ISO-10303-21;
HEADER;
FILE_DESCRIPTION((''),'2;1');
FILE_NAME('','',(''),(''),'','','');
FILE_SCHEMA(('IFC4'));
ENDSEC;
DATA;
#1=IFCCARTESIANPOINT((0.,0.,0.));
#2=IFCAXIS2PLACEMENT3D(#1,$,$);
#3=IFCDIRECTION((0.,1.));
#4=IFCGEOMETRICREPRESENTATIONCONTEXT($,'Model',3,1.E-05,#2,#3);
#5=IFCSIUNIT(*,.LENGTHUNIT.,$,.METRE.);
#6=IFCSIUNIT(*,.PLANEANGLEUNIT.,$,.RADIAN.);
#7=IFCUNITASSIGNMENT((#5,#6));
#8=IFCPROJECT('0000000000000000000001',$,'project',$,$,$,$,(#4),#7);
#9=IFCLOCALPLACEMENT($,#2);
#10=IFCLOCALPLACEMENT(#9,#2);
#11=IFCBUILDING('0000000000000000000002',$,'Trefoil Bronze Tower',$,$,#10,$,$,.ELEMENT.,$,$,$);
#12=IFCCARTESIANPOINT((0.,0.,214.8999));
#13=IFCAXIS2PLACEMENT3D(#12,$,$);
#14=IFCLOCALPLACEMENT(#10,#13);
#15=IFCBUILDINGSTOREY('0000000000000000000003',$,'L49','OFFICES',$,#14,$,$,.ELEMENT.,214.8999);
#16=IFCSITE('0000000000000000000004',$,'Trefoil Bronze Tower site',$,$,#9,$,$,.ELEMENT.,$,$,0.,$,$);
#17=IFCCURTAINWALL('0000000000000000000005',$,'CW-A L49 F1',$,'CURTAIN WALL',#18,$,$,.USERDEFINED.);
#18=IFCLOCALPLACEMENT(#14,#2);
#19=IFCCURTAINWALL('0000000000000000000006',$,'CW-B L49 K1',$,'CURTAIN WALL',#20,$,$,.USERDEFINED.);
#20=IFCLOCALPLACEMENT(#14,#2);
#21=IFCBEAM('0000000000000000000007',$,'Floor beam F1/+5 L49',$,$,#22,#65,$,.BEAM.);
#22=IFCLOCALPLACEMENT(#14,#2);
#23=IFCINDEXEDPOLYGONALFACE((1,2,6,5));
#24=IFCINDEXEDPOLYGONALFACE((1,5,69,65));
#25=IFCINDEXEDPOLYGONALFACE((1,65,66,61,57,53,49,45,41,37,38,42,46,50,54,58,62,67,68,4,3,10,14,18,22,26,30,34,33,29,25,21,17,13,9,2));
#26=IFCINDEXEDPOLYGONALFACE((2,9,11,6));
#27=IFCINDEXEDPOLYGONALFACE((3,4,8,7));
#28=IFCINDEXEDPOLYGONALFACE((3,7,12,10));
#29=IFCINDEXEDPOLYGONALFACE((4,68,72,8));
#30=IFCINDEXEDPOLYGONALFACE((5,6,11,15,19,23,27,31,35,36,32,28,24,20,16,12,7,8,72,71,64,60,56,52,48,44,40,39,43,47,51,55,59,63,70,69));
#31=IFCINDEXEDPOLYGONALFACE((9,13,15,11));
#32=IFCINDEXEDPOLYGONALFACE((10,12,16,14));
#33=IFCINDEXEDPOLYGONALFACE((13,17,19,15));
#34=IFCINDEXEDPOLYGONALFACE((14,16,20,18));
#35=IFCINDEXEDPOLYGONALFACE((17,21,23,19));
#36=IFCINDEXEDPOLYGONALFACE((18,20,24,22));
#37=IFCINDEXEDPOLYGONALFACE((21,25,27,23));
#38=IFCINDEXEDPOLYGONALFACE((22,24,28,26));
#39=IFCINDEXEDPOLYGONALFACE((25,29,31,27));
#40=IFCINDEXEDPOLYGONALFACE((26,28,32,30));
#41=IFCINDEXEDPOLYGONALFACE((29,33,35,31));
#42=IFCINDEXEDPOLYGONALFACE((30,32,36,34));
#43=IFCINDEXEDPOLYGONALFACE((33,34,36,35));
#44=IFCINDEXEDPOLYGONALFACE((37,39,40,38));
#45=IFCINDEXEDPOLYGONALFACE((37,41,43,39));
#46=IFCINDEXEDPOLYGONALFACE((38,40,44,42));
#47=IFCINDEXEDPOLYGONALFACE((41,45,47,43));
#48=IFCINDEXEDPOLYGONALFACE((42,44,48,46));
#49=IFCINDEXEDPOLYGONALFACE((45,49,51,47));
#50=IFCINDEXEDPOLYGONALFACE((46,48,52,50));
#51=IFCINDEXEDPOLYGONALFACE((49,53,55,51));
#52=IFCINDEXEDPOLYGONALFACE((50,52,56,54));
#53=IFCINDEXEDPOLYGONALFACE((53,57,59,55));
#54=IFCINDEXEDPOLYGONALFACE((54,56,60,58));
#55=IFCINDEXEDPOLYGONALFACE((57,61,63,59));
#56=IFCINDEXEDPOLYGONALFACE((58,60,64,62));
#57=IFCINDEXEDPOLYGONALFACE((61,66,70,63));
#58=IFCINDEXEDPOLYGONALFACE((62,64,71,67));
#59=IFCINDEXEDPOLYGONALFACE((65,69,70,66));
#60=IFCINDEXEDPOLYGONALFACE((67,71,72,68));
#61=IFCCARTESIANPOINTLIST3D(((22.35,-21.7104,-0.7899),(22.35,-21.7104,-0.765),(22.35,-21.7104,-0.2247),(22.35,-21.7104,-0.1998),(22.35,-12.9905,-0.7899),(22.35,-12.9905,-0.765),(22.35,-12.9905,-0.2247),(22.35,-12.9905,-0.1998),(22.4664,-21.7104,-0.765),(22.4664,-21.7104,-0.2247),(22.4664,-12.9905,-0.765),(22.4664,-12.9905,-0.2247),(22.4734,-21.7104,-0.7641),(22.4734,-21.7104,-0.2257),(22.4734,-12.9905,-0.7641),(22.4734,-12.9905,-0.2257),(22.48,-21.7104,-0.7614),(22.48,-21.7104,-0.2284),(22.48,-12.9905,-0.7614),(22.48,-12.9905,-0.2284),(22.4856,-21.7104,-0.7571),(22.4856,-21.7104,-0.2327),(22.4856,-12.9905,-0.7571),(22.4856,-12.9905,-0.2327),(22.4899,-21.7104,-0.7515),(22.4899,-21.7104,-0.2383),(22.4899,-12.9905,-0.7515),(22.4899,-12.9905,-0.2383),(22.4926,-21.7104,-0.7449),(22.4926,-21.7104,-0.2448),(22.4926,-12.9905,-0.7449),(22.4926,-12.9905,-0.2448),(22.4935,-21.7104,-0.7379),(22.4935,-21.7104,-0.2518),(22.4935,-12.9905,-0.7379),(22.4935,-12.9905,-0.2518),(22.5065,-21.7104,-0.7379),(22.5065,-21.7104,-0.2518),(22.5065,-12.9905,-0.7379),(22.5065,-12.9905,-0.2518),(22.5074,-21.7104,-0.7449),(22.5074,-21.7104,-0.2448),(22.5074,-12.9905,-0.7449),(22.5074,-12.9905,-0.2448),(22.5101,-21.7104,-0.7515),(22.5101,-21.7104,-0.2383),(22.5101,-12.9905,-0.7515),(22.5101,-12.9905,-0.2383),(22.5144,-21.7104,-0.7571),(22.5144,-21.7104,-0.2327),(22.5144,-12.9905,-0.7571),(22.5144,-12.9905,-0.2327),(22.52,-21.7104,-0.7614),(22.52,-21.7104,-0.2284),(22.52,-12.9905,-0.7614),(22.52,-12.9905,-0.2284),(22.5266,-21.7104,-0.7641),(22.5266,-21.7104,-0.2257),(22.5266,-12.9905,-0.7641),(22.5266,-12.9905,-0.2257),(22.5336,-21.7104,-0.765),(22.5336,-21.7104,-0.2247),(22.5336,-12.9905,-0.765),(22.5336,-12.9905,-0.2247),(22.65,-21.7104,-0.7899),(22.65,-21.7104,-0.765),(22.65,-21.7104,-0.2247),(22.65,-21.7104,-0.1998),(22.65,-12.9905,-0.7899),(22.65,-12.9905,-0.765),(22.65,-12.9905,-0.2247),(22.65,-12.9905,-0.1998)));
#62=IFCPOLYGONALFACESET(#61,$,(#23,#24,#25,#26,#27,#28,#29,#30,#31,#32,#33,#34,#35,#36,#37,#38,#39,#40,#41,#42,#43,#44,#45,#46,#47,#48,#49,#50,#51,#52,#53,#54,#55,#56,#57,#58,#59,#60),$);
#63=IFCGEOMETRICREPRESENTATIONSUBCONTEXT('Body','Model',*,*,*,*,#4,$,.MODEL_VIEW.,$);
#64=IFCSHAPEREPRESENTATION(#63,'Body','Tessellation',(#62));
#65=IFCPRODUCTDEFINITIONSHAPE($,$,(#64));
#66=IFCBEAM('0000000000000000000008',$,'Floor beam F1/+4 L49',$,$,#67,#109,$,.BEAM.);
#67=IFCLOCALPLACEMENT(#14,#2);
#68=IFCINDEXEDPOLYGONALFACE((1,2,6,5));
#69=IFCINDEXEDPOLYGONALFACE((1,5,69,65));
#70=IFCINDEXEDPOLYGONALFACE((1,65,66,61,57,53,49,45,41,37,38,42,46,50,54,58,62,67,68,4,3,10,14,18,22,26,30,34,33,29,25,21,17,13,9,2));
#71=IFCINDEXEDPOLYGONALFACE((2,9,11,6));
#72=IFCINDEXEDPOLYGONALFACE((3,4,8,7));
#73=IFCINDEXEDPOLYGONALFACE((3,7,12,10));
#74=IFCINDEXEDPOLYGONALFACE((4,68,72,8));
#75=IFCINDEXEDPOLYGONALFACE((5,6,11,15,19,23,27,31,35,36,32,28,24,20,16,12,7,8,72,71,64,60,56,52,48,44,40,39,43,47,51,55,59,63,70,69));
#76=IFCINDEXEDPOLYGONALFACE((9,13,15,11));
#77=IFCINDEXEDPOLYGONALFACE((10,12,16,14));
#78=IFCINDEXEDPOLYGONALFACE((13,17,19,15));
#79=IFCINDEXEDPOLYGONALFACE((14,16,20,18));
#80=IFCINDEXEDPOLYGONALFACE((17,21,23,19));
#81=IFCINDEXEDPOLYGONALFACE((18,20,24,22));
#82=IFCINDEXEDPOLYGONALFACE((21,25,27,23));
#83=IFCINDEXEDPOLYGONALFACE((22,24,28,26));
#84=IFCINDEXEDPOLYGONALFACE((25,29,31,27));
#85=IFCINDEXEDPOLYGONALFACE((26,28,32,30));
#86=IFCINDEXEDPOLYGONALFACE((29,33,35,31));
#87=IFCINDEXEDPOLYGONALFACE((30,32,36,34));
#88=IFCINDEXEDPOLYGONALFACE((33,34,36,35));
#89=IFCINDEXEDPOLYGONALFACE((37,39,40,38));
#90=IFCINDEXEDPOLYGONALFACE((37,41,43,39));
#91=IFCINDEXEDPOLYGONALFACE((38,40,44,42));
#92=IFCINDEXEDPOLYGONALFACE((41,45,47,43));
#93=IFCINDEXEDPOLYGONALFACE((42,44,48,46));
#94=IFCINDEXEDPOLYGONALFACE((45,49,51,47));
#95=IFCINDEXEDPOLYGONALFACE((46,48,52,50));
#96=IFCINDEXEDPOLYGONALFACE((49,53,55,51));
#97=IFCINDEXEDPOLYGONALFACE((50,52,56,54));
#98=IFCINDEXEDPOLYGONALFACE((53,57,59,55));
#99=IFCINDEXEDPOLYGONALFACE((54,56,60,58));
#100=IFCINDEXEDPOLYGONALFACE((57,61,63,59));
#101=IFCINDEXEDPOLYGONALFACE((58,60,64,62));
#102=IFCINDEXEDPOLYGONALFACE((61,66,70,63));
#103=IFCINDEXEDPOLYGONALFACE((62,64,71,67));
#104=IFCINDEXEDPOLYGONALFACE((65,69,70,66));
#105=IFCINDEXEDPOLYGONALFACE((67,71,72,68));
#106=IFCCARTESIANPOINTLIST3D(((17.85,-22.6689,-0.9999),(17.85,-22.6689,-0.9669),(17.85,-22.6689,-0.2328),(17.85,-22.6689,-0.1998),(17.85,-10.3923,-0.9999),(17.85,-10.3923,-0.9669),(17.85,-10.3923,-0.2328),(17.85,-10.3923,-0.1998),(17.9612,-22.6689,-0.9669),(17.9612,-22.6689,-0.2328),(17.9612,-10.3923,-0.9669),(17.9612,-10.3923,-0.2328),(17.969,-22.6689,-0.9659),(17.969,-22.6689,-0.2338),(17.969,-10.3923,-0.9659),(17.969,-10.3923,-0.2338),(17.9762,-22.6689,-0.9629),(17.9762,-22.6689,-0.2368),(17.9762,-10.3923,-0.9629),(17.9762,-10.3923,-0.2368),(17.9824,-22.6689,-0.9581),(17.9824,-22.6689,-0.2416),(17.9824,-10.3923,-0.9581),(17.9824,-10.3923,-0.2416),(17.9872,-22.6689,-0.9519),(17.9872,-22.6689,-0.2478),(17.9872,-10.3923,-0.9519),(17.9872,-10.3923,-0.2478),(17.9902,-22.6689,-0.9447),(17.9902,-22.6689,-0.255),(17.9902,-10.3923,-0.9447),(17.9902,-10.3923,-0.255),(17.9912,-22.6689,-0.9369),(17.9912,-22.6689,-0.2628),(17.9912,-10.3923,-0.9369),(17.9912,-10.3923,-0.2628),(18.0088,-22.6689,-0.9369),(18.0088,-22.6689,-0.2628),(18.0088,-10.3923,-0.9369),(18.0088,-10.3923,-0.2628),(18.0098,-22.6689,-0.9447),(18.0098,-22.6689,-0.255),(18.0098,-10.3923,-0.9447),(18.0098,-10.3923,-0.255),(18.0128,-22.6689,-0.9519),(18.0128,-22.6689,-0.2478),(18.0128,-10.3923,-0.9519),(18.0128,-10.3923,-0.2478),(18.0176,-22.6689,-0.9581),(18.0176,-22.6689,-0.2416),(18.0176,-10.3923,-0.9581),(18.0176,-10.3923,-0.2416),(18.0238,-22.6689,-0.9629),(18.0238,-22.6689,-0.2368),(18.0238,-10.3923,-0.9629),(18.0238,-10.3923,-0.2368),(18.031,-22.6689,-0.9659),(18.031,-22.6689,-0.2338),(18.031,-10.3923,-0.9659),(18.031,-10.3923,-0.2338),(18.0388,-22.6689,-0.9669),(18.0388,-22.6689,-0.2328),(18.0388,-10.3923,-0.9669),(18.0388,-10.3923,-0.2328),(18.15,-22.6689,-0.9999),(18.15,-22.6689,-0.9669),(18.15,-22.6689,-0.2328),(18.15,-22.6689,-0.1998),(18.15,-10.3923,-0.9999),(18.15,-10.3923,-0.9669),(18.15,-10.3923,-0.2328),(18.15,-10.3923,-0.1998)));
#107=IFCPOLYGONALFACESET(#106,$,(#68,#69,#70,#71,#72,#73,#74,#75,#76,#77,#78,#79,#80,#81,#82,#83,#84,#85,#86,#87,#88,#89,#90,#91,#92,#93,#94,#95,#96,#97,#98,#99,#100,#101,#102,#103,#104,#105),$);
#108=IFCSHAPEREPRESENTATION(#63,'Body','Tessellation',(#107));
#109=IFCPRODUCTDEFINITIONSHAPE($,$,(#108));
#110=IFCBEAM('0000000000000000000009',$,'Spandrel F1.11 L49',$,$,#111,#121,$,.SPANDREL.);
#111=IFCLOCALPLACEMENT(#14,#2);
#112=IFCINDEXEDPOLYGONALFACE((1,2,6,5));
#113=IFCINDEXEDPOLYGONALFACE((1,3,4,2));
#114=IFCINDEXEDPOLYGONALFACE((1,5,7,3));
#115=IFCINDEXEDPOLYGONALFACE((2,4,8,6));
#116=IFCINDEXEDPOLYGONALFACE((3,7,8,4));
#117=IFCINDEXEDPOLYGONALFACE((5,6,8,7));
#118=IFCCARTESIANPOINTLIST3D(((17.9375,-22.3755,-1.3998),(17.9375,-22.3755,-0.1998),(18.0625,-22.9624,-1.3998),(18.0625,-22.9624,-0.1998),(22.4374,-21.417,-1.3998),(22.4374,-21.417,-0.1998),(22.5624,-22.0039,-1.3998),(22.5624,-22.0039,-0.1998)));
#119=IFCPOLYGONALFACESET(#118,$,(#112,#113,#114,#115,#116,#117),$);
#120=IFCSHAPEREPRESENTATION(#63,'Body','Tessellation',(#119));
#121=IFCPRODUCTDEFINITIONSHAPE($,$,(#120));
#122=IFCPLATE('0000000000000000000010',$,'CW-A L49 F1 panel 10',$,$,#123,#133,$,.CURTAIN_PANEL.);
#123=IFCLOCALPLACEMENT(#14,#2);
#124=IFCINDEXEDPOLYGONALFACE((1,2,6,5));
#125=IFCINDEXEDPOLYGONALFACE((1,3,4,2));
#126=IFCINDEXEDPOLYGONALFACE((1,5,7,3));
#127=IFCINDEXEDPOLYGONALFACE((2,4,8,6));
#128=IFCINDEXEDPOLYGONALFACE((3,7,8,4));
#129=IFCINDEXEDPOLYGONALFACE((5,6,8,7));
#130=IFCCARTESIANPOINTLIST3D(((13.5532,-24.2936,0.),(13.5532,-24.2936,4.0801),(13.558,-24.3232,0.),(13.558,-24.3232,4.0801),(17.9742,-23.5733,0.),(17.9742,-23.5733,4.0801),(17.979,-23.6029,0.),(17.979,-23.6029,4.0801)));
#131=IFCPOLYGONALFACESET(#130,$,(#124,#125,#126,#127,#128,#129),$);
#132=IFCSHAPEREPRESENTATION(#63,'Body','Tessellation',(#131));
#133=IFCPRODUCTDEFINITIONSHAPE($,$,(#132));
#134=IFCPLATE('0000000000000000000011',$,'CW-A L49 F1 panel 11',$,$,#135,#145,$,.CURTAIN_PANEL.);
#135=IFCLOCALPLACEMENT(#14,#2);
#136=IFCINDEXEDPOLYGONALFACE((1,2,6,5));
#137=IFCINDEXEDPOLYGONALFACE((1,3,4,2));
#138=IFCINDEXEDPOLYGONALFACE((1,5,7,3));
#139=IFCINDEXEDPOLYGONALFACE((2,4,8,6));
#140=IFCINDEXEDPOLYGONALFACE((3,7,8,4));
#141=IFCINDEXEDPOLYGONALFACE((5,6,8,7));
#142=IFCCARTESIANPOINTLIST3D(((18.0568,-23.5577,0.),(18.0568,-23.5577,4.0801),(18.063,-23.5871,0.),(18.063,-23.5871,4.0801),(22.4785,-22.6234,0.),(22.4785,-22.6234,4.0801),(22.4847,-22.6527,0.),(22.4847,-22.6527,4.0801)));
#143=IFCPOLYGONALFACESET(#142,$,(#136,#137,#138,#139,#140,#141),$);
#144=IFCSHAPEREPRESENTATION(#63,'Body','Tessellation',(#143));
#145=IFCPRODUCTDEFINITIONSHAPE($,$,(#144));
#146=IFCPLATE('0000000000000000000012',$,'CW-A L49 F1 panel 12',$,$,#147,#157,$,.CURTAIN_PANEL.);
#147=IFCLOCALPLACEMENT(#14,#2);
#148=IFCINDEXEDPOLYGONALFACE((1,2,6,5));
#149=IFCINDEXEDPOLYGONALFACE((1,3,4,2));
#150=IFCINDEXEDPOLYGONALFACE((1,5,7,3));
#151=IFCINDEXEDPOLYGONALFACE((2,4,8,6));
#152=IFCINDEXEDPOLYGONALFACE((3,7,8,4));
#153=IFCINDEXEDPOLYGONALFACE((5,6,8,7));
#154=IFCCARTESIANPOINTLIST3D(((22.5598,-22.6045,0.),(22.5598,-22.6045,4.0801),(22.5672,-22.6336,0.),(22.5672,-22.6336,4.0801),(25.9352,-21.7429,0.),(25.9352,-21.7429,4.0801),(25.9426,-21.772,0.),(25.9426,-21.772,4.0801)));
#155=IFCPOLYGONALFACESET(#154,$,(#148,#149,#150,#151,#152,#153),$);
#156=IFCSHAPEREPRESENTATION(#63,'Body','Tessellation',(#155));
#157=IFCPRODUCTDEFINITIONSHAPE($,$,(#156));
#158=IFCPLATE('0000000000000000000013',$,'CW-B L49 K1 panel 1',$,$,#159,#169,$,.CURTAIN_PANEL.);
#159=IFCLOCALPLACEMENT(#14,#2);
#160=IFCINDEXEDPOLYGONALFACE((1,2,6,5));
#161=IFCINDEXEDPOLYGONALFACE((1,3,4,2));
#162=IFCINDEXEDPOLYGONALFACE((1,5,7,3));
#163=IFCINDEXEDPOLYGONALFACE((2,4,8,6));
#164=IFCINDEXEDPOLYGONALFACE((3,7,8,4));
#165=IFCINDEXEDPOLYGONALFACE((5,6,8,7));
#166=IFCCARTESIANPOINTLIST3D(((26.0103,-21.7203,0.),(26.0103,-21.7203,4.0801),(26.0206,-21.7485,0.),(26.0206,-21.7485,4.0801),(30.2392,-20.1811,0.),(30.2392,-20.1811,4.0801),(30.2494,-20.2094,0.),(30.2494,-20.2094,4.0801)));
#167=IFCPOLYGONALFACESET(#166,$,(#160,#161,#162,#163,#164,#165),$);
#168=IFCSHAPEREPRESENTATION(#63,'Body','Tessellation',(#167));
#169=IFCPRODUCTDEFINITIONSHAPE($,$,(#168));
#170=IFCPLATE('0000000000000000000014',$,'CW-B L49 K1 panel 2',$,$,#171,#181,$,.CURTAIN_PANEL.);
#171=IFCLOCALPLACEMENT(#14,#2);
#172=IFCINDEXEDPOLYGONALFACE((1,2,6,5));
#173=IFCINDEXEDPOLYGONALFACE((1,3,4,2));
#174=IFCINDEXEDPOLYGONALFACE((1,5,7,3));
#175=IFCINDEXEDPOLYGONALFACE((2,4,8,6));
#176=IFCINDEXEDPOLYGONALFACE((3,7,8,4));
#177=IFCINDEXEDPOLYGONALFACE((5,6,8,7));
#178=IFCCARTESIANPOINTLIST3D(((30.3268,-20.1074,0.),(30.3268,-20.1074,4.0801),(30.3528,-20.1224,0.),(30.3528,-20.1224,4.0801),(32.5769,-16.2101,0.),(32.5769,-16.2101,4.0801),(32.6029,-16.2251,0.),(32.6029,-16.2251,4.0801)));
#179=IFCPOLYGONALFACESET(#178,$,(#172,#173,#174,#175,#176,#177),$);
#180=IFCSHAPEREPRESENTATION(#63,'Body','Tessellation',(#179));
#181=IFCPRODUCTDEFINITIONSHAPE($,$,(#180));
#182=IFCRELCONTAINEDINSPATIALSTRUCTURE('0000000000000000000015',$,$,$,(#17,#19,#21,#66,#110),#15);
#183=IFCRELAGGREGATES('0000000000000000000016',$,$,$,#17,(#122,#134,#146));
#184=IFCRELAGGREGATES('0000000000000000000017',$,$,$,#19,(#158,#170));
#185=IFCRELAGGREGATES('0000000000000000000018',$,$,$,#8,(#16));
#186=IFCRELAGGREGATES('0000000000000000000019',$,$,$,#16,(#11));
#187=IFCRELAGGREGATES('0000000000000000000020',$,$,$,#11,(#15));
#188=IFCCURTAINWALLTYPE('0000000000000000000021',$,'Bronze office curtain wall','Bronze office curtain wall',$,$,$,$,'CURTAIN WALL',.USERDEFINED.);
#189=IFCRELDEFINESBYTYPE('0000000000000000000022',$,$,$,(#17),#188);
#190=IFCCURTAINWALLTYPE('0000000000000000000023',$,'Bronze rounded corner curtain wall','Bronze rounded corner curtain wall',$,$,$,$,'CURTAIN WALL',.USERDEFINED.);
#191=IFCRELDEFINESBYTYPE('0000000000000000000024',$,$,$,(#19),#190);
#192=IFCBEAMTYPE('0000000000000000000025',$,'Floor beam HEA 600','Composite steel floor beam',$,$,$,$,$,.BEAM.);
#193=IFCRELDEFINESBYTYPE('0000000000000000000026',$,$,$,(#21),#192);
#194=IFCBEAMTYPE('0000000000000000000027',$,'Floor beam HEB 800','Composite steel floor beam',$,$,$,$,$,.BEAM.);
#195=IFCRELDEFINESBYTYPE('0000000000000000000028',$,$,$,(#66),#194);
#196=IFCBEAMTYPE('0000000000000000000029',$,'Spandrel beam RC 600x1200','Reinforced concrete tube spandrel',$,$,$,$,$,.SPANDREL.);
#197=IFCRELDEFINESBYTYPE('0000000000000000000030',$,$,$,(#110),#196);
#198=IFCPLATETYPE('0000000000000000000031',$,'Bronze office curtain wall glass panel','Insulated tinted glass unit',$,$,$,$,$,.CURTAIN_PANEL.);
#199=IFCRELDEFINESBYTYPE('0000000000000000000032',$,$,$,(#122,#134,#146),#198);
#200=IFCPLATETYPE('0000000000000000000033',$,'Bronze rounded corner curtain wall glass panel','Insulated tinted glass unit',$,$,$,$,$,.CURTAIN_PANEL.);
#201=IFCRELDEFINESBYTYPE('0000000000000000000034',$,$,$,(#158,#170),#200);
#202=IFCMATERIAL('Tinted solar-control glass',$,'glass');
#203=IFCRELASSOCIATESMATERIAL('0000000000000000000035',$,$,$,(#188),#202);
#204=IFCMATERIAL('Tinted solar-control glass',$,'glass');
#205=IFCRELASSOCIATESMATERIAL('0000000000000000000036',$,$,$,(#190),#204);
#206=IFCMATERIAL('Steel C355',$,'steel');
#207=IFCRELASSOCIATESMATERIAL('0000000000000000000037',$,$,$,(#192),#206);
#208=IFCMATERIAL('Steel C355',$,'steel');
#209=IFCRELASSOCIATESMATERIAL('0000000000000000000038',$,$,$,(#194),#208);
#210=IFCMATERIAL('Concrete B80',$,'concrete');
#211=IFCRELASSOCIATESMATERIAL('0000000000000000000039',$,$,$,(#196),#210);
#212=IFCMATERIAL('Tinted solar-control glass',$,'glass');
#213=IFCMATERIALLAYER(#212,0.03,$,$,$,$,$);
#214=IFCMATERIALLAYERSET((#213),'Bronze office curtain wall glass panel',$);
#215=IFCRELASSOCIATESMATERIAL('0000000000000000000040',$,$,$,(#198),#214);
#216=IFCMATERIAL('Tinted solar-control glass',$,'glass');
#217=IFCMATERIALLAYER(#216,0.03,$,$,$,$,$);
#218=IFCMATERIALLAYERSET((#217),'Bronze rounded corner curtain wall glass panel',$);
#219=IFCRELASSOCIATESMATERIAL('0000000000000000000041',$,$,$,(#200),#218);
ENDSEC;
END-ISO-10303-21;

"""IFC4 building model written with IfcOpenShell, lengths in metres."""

from ifc_helpers import new_model, si_unit, direction, frame, origin, origin_2d, place, context, subcontext, project, spatial, rectangle, i_section, extrude, material, layer, layer_set, material_profile, profile_set, type_object, element, aggregate, save


model = new_model("IFC4")

# Units and contexts
model_context = context("Model", 3, precision=1e-05, world=origin(), true_north=direction((0.0, 1.0)))
body_context = subcontext(model_context, "Body", "Model", "MODEL_VIEW")
ifc_project = project(units=[si_unit("LENGTHUNIT", "METRE"), si_unit("PLANEANGLEUNIT", "RADIAN")], contexts=[model_context])

# Site, building, storey
site_placement = place(None, origin())
site = spatial("IfcSite", under=ifc_project, at=site_placement, Name="Trefoil Bronze Tower site", CompositionType="ELEMENT", RefElevation=0.0)
building_placement = place(site_placement, origin())
building = spatial("IfcBuilding", under=site, at=building_placement, Name="Trefoil Bronze Tower", CompositionType="ELEMENT")
storey_placement = place(building_placement, frame((0.0, 0.0, 214.8999)))
storey = spatial("IfcBuildingStorey", under=building, at=storey_placement, Name="L49", Description="OFFICES", CompositionType="ELEMENT", Elevation=214.8999)

# Curtain walls
ifc_material_1 = material(Name="Tinted solar-control glass", Category="glass")
curtain_wall_type_1 = type_object("IfcCurtainWallType", Name="Bronze office curtain wall", Description="Bronze office curtain wall", ElementType="CURTAIN WALL", PredefinedType="USERDEFINED", material=ifc_material_1)
curtain_wall_1_placement = place(storey_placement, origin())
curtain_wall_1 = element("IfcCurtainWall", 1, at=curtain_wall_1_placement, inside=storey, type_object=curtain_wall_type_1, Name="CW-A L49 F1", ObjectType="CURTAIN WALL", PredefinedType="USERDEFINED")
ifc_material_2 = material(Name="Tinted solar-control glass", Category="glass")
curtain_wall_type_2 = type_object("IfcCurtainWallType", Name="Bronze rounded corner curtain wall", Description="Bronze rounded corner curtain wall", ElementType="CURTAIN WALL", PredefinedType="USERDEFINED", material=ifc_material_2)
curtain_wall_2_placement = place(storey_placement, origin())
curtain_wall_2 = element("IfcCurtainWall", 2, at=curtain_wall_2_placement, inside=storey, type_object=curtain_wall_type_2, Name="CW-B L49 K1", ObjectType="CURTAIN WALL", PredefinedType="USERDEFINED")

# Beams
ifc_material_3 = material(Name="Steel C355", Category="steel")
ifc_material_profile_1 = material_profile(ifc_material_3, i_section(OverallWidth=0.3, OverallDepth=0.5901, WebThickness=0.0129, FlangeThickness=0.0249, FilletRadius=0.0271, at=origin_2d()), Name="HEA 600")
ifc_profile_set_1 = profile_set([ifc_material_profile_1], Name="Steel C355")
beam_type_1 = type_object("IfcBeamType", Name="Floor beam HEA 600", Description="Composite steel floor beam", PredefinedType="BEAM", material=ifc_profile_set_1)
beam_1_placement = place(storey_placement, frame((22.5, -21.7104, -0.4949), z_axis=(0.0, 1.0, 0.0), x_axis=(-1.0, 0.0, 0.0)))
element("IfcBeam", 3, at=beam_1_placement, inside=storey, type_object=beam_type_1, Name="Floor beam F1/+5 L49", PredefinedType="BEAM", context=body_context, shape_type="SweptSolid", body=[
    extrude(i_section(OverallWidth=0.3, OverallDepth=0.5901, WebThickness=0.0129, FlangeThickness=0.0249, FilletRadius=0.0271, at=origin_2d()), origin(), (0.0, 0.0, 1.0), 8.72),
])
ifc_material_4 = material(Name="Steel C355", Category="steel")
ifc_material_profile_2 = material_profile(ifc_material_4, i_section(OverallWidth=0.3, OverallDepth=0.8, WebThickness=0.0176, FlangeThickness=0.033, FilletRadius=0.03, at=origin_2d()), Name="HEB 800")
ifc_profile_set_2 = profile_set([ifc_material_profile_2], Name="Steel C355")
beam_type_2 = type_object("IfcBeamType", Name="Floor beam HEB 800", Description="Composite steel floor beam", PredefinedType="BEAM", material=ifc_profile_set_2)
beam_2_placement = place(storey_placement, frame((18.0, -22.6689, -0.5999), z_axis=(0.0, 1.0, 0.0), x_axis=(-1.0, 0.0, 0.0)))
element("IfcBeam", 4, at=beam_2_placement, inside=storey, type_object=beam_type_2, Name="Floor beam F1/+4 L49", PredefinedType="BEAM", context=body_context, shape_type="SweptSolid", body=[
    extrude(i_section(OverallWidth=0.3, OverallDepth=0.8, WebThickness=0.0176, FlangeThickness=0.033, FilletRadius=0.03, at=origin_2d()), origin(), (0.0, 0.0, 1.0), 12.2766),
])
ifc_material_5 = material(Name="Concrete B80", Category="concrete")
ifc_material_profile_3 = material_profile(ifc_material_5, rectangle(XDim=0.6001, YDim=1.2, at=origin_2d()), Name="RC 600x1200")
ifc_profile_set_3 = profile_set([ifc_material_profile_3], Name="Concrete B80")
beam_type_3 = type_object("IfcBeamType", Name="Spandrel beam RC 600x1200", Description="Reinforced concrete tube spandrel", PredefinedType="SPANDREL", material=ifc_profile_set_3)
beam_3_placement = place(storey_placement, frame((18.0, -22.6689, -0.7998), z_axis=(0.978059, 0.208326, 0.0), x_axis=(-0.208326, 0.978059, 0.0)))
element("IfcBeam", 5, at=beam_3_placement, inside=storey, type_object=beam_type_3, Name="Spandrel F1.11 L49", PredefinedType="SPANDREL", context=body_context, shape_type="SweptSolid", body=[
    extrude(rectangle(XDim=0.6001, YDim=1.2, at=origin_2d()), origin(), (0.0, 0.0, 1.0), 4.6008),
])

# Plates
ifc_material_6 = material(Name="Tinted solar-control glass", Category="glass")
ifc_layer_1 = layer(ifc_material_6, 0.03)
ifc_layer_set_1 = layer_set([ifc_layer_1], Name="Bronze office curtain wall glass panel")
plate_type_1 = type_object("IfcPlateType", Name="Bronze office curtain wall glass panel", Description="Insulated tinted glass unit", PredefinedType="CURTAIN_PANEL", material=ifc_layer_set_1)
plate_1_placement = place(storey_placement, frame((15.7661, -23.9482, 0.0), z_axis=(0.0, 0.0, 1.0), x_axis=(0.986987, 0.160803, 0.0)))
plate_1 = element("IfcPlate", 6, at=plate_1_placement, type_object=plate_type_1, Name="CW-A L49 F1 panel 10", PredefinedType="CURTAIN_PANEL", context=body_context, shape_type="SweptSolid", body=[
    extrude(rectangle(XDim=4.4792, YDim=0.03, at=origin_2d()), origin(), (0.0, 0.0, 1.0), 4.0801),
])
plate_2_placement = place(storey_placement, frame((20.2708, -23.1052, 0.0), z_axis=(0.0, 0.0, 1.0), x_axis=(0.978394, 0.206747, 0.0)))
plate_2 = element("IfcPlate", 7, at=plate_2_placement, type_object=plate_type_1, Name="CW-A L49 F1 panel 11", PredefinedType="CURTAIN_PANEL", context=body_context, shape_type="SweptSolid", body=[
    extrude(rectangle(XDim=4.5193, YDim=0.03, at=origin_2d()), origin(), (0.0, 0.0, 1.0), 4.0801),
])
plate_3_placement = place(storey_placement, frame((24.2512, -22.1882, 0.0), z_axis=(0.0, 0.0, 1.0), x_axis=(0.968934, 0.247319, 0.0)))
plate_3 = element("IfcPlate", 8, at=plate_3_placement, type_object=plate_type_1, Name="CW-A L49 F1 panel 12", PredefinedType="CURTAIN_PANEL", context=body_context, shape_type="SweptSolid", body=[
    extrude(rectangle(XDim=3.4836, YDim=0.03, at=origin_2d()), origin(), (0.0, 0.0, 1.0), 4.0801),
])
aggregate(curtain_wall_1, [plate_1, plate_2, plate_3])
ifc_material_7 = material(Name="Tinted solar-control glass", Category="glass")
ifc_layer_2 = layer(ifc_material_7, 0.03)
ifc_layer_set_2 = layer_set([ifc_layer_2], Name="Bronze rounded corner curtain wall glass panel")
plate_type_2 = type_object("IfcPlateType", Name="Bronze rounded corner curtain wall glass panel", Description="Insulated tinted glass unit", PredefinedType="CURTAIN_PANEL", material=ifc_layer_set_2)
plate_4_placement = place(storey_placement, frame((28.1299, -20.9648, 0.0), z_axis=(0.0, 0.0, 1.0), x_axis=(0.939693, 0.34202, 0.0)))
plate_4 = element("IfcPlate", 9, at=plate_4_placement, type_object=plate_type_2, Name="CW-B L49 K1 panel 1", PredefinedType="CURTAIN_PANEL", context=body_context, shape_type="SweptSolid", body=[
    extrude(rectangle(XDim=4.5002, YDim=0.03, at=origin_2d()), origin(), (0.0, 0.0, 1.0), 4.0801),
])
plate_5_placement = place(storey_placement, frame((31.4648, -18.1663, 0.0), z_axis=(0.0, 0.0, 1.0), x_axis=(0.5, 0.866025, 0.0)))
plate_5 = element("IfcPlate", 10, at=plate_5_placement, type_object=plate_type_2, Name="CW-B L49 K1 panel 2", PredefinedType="CURTAIN_PANEL", context=body_context, shape_type="SweptSolid", body=[
    extrude(rectangle(XDim=4.5002, YDim=0.03, at=origin_2d()), origin(), (0.0, 0.0, 1.0), 4.0801),
])
aggregate(curtain_wall_2, [plate_4, plate_5])

save(model, "model.ifc")
